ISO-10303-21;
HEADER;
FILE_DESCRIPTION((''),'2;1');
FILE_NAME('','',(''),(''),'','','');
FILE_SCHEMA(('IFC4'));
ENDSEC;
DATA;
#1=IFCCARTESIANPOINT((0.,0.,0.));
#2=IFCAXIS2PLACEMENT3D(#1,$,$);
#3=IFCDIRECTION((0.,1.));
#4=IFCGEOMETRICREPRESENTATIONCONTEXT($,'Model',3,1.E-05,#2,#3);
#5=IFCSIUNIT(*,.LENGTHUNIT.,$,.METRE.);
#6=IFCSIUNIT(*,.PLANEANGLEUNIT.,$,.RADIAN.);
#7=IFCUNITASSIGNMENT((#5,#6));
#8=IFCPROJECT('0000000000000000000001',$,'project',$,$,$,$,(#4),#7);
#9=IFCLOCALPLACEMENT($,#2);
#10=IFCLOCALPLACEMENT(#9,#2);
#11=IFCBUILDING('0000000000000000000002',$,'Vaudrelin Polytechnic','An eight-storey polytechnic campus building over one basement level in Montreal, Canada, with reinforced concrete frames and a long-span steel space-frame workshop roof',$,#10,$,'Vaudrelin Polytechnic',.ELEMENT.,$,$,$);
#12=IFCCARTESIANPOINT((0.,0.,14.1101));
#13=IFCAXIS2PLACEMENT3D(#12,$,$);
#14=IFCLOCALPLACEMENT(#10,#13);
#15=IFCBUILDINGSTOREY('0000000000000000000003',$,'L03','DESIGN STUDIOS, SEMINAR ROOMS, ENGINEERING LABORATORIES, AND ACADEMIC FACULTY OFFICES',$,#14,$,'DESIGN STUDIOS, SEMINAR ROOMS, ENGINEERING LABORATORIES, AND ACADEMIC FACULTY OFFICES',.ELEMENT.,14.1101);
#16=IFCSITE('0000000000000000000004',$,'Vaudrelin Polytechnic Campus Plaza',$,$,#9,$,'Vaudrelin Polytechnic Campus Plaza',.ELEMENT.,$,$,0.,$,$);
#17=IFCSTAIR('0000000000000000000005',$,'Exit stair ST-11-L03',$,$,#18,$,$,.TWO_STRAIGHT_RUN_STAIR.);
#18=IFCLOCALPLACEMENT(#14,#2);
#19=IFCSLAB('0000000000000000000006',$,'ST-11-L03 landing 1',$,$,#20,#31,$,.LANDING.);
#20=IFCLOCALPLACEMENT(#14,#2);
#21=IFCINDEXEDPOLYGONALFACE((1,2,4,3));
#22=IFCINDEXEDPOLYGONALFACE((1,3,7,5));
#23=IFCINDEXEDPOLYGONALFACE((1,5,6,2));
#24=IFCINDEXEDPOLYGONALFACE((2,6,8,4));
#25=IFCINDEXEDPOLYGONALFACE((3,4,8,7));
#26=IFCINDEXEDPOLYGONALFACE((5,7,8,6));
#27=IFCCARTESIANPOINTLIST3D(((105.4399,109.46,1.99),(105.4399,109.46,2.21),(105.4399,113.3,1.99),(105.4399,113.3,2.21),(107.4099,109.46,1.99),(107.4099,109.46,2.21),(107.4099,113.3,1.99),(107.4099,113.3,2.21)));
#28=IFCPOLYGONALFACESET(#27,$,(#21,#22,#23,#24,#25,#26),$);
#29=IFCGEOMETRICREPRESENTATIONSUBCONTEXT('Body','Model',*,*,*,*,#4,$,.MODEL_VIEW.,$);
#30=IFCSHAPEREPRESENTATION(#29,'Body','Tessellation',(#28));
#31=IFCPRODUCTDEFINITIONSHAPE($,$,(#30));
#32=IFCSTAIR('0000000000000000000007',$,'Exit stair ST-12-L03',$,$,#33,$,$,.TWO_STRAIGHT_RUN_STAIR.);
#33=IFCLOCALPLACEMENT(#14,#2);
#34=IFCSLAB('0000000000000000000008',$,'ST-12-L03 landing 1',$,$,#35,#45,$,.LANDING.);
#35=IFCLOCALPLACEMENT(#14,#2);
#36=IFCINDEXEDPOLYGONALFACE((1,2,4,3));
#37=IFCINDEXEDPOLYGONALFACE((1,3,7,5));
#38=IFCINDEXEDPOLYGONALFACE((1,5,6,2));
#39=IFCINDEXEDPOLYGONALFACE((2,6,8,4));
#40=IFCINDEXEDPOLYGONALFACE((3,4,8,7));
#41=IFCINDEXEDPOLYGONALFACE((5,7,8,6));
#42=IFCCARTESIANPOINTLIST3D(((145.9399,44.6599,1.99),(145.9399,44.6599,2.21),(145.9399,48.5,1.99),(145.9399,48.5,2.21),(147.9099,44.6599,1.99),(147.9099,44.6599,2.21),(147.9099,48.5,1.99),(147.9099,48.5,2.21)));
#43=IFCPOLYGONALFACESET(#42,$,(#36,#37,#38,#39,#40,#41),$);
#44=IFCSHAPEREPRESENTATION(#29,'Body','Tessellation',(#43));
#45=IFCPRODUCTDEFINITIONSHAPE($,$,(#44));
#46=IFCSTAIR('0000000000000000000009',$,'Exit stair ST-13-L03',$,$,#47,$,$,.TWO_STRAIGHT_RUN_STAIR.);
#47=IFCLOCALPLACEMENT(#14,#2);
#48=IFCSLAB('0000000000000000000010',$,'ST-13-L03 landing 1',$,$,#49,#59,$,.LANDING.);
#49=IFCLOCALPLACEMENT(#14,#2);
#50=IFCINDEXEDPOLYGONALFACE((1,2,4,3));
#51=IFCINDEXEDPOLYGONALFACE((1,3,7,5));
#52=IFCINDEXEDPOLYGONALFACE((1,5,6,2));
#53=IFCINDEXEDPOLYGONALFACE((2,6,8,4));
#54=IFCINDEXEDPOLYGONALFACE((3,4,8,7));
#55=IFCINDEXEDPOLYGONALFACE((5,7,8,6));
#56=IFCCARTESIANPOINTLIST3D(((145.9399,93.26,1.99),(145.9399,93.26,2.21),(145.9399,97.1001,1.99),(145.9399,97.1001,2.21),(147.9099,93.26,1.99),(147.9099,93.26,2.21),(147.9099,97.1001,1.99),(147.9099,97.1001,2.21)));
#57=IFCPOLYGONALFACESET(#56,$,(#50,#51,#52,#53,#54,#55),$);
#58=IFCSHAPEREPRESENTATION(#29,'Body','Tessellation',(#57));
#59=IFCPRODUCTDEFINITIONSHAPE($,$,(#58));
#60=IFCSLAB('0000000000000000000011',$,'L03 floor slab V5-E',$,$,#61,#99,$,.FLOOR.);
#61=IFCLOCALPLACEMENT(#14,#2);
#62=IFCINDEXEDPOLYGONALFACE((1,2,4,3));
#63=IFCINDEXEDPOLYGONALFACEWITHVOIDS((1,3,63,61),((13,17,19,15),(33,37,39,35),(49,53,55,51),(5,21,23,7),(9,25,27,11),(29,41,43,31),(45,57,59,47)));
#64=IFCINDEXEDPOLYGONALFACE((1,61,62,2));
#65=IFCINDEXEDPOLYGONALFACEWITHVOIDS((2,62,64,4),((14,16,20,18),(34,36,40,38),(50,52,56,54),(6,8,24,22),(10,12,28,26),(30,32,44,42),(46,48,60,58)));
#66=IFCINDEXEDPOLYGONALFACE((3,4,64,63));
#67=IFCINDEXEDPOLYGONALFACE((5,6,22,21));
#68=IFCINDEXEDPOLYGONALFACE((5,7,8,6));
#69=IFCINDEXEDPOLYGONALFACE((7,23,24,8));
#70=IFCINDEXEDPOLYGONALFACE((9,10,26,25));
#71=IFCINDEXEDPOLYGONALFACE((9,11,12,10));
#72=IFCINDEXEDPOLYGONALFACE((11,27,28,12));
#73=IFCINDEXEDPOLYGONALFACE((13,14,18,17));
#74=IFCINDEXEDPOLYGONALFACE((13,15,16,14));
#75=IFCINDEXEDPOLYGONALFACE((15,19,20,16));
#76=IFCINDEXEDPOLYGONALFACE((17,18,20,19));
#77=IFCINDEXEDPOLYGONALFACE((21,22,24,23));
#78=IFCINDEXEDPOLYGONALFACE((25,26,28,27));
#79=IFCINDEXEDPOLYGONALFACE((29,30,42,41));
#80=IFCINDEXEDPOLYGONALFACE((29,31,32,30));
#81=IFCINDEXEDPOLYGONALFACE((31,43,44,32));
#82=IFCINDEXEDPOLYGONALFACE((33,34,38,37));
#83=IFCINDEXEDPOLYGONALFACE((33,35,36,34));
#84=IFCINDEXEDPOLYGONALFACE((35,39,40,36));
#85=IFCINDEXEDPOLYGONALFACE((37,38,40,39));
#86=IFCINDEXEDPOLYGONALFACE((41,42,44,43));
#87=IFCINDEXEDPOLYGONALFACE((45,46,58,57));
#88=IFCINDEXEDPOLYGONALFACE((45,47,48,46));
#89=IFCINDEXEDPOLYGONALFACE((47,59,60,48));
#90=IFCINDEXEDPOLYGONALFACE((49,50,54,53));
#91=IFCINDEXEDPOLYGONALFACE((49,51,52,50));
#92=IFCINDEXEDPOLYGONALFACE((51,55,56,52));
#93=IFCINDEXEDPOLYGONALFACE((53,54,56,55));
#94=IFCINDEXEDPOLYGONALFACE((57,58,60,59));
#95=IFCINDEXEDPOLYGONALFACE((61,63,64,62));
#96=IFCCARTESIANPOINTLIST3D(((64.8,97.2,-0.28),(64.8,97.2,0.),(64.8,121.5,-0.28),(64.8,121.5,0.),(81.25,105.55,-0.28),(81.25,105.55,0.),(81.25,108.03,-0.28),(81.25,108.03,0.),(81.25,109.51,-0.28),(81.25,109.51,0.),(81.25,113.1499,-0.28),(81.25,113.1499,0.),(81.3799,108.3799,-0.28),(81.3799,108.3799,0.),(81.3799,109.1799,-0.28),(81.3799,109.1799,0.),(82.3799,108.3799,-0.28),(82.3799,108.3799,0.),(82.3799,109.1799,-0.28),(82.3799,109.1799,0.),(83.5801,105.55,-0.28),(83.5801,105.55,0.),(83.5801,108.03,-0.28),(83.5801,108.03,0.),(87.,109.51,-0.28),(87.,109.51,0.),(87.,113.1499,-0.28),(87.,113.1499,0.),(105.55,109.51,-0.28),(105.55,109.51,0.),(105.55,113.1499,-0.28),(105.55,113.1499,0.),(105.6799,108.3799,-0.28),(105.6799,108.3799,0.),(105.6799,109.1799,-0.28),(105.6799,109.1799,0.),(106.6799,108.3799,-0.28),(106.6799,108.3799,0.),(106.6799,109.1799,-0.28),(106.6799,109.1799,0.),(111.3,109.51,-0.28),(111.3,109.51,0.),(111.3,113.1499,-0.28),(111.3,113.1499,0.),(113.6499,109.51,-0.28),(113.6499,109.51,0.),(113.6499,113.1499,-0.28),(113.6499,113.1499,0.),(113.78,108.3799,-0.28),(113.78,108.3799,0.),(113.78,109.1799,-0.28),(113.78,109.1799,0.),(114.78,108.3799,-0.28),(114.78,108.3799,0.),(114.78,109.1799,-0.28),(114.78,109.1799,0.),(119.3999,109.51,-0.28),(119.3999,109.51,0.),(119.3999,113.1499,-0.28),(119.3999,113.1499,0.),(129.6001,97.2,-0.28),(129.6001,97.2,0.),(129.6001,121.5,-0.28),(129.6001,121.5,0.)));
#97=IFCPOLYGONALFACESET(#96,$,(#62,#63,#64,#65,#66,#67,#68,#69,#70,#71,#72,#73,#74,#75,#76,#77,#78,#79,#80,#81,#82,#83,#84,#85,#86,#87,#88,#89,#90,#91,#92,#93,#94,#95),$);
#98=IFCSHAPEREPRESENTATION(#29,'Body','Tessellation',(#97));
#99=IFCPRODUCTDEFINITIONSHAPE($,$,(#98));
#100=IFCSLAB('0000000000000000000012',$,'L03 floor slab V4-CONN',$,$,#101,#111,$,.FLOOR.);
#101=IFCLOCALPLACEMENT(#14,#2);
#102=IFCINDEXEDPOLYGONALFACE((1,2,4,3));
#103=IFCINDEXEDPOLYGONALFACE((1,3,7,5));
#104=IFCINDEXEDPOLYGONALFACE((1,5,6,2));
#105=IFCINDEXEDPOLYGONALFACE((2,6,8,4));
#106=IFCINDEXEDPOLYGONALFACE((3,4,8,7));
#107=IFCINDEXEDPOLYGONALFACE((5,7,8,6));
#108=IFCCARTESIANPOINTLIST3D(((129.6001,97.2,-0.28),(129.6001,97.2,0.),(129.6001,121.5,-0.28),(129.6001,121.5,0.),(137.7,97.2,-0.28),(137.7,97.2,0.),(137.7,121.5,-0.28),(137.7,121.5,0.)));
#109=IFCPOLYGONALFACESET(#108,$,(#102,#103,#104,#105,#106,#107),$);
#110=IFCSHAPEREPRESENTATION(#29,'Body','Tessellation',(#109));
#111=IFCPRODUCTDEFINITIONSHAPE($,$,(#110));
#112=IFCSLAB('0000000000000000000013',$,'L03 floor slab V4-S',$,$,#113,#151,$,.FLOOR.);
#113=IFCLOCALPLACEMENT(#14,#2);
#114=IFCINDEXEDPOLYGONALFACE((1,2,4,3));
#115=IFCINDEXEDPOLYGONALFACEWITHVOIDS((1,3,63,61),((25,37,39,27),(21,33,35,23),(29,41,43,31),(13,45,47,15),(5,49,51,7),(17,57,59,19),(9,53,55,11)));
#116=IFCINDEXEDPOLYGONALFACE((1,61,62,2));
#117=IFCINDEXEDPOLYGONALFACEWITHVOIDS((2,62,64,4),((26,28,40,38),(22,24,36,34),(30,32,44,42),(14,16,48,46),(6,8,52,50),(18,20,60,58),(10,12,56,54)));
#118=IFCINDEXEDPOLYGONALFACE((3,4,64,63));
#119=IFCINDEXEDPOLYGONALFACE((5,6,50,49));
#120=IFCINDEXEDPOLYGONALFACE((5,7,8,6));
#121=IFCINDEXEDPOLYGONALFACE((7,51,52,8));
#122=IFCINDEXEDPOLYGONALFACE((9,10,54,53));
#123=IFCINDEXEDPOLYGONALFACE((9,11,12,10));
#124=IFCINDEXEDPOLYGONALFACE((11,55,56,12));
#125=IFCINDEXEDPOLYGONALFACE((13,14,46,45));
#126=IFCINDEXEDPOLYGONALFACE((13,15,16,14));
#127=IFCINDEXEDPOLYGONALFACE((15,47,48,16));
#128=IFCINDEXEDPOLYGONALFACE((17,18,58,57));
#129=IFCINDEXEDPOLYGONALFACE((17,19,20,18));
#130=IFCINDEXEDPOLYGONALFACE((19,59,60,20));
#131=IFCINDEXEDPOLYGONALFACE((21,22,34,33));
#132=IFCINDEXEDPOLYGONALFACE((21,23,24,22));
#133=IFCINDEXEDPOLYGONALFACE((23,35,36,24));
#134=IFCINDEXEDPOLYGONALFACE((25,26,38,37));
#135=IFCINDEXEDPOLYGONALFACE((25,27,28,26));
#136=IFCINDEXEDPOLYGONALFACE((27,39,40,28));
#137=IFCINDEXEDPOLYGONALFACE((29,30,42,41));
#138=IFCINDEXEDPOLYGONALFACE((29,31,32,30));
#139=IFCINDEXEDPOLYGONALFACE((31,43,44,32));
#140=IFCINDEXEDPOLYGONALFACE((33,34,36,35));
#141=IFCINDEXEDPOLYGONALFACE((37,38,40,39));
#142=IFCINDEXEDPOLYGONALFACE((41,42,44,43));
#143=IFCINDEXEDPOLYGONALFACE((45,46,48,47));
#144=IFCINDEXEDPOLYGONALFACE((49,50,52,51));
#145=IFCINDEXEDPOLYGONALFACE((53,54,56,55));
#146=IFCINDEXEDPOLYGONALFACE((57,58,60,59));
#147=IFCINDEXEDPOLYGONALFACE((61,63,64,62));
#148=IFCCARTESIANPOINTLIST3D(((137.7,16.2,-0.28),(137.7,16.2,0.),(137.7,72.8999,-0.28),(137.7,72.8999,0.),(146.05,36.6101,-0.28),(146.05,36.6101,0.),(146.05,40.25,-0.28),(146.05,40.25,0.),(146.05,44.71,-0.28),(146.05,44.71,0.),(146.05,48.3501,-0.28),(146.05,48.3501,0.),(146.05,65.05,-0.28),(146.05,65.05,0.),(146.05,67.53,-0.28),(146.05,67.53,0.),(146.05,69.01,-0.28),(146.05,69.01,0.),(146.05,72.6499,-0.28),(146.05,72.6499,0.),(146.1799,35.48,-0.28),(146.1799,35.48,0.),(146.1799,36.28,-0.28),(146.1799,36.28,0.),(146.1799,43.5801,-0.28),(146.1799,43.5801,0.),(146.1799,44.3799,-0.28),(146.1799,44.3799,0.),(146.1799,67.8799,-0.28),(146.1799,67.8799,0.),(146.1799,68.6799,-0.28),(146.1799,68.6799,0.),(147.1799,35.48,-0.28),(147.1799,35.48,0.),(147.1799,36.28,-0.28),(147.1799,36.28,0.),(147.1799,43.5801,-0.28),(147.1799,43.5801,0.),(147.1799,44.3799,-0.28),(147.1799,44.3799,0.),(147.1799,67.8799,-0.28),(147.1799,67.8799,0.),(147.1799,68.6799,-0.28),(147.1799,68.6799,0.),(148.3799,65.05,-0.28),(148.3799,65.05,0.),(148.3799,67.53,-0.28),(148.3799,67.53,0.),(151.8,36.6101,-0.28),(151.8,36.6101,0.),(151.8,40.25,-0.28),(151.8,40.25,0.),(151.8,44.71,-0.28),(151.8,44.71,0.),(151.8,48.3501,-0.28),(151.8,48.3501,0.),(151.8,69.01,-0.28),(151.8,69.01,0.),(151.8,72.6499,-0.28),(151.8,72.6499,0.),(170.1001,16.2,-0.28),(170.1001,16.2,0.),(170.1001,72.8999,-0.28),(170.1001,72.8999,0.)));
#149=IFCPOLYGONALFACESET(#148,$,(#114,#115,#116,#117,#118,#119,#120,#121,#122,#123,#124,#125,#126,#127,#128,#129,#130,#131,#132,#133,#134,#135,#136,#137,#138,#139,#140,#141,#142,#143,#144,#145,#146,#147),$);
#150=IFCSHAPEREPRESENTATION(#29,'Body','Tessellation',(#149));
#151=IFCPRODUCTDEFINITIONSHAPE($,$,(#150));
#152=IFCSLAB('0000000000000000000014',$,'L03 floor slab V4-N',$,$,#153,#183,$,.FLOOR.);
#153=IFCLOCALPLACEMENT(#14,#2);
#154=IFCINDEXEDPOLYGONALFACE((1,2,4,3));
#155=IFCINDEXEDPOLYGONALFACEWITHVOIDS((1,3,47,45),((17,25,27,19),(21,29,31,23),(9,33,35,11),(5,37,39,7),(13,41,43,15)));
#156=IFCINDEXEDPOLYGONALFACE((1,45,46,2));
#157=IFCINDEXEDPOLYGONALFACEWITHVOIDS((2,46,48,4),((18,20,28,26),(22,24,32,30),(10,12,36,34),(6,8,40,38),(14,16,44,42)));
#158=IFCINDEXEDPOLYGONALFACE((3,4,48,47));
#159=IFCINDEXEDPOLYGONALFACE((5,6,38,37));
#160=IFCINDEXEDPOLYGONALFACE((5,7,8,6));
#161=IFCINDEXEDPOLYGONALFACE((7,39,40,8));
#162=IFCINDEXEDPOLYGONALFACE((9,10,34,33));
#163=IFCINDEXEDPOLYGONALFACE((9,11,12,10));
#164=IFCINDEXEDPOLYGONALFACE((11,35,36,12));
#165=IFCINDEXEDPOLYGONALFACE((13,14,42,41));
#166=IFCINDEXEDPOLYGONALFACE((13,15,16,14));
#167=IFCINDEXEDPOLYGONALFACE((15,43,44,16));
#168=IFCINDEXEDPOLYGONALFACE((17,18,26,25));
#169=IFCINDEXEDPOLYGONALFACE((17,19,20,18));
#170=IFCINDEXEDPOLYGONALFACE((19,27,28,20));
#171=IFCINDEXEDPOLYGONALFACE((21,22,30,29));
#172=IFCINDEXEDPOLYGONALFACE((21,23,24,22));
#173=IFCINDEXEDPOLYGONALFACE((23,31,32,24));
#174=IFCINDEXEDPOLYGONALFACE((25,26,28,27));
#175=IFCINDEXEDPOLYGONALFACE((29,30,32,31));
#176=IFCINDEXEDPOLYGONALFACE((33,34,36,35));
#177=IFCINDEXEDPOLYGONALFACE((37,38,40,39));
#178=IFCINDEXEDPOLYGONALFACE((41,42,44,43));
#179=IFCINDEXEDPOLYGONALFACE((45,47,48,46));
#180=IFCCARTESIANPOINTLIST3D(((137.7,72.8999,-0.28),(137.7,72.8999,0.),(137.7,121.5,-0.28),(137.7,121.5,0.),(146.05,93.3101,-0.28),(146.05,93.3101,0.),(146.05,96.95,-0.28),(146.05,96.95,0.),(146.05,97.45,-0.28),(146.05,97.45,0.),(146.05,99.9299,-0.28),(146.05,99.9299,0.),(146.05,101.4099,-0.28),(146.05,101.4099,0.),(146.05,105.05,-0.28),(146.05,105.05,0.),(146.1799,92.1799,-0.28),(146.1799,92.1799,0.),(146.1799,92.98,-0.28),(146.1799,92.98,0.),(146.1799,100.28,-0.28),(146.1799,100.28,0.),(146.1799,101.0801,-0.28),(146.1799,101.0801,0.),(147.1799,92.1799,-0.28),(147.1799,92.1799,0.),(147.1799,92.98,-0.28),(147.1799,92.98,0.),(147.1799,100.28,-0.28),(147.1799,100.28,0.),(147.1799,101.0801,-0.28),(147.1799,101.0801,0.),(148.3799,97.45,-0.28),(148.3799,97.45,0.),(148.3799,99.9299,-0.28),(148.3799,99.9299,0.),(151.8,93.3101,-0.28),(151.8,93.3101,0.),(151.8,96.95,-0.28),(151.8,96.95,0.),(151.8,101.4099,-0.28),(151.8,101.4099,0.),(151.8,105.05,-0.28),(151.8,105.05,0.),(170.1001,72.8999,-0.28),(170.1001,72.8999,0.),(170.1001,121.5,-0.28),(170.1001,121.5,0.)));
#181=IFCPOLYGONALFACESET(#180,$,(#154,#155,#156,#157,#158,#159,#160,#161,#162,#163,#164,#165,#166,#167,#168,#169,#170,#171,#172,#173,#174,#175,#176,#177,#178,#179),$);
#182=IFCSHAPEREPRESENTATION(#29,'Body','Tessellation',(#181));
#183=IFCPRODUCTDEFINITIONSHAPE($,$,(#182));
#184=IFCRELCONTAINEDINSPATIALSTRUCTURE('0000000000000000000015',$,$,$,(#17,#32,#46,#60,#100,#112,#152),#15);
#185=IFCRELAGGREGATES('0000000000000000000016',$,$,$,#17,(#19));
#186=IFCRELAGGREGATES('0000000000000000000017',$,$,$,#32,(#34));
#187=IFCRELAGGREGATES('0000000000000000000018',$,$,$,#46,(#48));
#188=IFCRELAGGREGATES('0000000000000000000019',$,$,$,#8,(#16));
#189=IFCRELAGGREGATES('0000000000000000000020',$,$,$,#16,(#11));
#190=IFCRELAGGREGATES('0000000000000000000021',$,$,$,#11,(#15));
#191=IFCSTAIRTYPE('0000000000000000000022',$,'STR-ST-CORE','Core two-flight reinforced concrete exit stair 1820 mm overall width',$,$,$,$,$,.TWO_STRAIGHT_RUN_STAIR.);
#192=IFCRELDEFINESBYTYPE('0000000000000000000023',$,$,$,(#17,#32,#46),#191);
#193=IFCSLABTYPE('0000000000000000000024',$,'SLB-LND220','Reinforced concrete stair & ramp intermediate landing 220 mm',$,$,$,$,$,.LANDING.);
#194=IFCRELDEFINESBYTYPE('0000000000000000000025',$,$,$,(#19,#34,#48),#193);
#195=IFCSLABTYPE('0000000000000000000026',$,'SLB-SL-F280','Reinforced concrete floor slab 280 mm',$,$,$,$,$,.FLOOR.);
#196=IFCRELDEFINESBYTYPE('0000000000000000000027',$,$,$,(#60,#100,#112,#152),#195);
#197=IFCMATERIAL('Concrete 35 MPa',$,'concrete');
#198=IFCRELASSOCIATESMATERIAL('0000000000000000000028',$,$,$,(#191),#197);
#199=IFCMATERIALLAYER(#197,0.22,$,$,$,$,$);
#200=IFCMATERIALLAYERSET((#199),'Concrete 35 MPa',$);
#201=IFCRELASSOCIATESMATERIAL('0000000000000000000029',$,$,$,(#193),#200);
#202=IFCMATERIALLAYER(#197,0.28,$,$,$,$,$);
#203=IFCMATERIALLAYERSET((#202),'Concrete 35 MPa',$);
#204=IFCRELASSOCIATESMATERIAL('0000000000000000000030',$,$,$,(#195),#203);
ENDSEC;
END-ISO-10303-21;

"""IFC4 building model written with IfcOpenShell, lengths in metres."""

from ifc_helpers import new_model, si_unit, direction, frame, origin, place, context, subcontext, project, spatial, polyline, outline, extrude, material, layer, layer_set, type_object, element, aggregate, save


model = new_model("IFC4")

# Units and contexts
model_context = context("Model", 3, precision=1e-05, world=origin(), true_north=direction((0.0, 1.0)))
body_context = subcontext(model_context, "Body", "Model", "MODEL_VIEW")
ifc_project = project(units=[si_unit("LENGTHUNIT", "METRE"), si_unit("PLANEANGLEUNIT", "RADIAN")], contexts=[model_context])

# Site, building, storey
site_placement = place(None, origin())
site = spatial("IfcSite", under=ifc_project, at=site_placement, Name="Vaudrelin Polytechnic Campus Plaza", LongName="Vaudrelin Polytechnic Campus Plaza", CompositionType="ELEMENT", RefElevation=0.0)
building_placement = place(site_placement, origin())
building = spatial("IfcBuilding", under=site, at=building_placement, Name="Vaudrelin Polytechnic", Description="An eight-storey polytechnic campus building over one basement level in Montreal, Canada, with reinforced concrete frames and a long-span steel space-frame workshop roof", LongName="Vaudrelin Polytechnic", CompositionType="ELEMENT")
storey_placement = place(building_placement, frame((0.0, 0.0, 14.1101)))
storey = spatial("IfcBuildingStorey", under=building, at=storey_placement, Name="L03", Description="DESIGN STUDIOS, SEMINAR ROOMS, ENGINEERING LABORATORIES, AND ACADEMIC FACULTY OFFICES", LongName="DESIGN STUDIOS, SEMINAR ROOMS, ENGINEERING LABORATORIES, AND ACADEMIC FACULTY OFFICES", CompositionType="ELEMENT", Elevation=14.1101)

# Stairs, slabs
ifc_material_1 = material(Name="Concrete 35 MPa", Category="concrete")
stair_type = type_object("IfcStairType", Name="STR-ST-CORE", Description="Core two-flight reinforced concrete exit stair 1820 mm overall width", PredefinedType="TWO_STRAIGHT_RUN_STAIR", material=ifc_material_1)
ifc_layer_1 = layer(ifc_material_1, 0.22)
ifc_layer_set_1 = layer_set([ifc_layer_1], Name="Concrete 35 MPa")
slab_type_1 = type_object("IfcSlabType", Name="SLB-LND220", Description="Reinforced concrete stair & ramp intermediate landing 220 mm", PredefinedType="LANDING", material=ifc_layer_set_1)
stair_1_placement = place(storey_placement, origin())
stair_1 = element("IfcStair", 1, at=stair_1_placement, inside=storey, type_object=stair_type, Name="Exit stair ST-11-L03", PredefinedType="TWO_STRAIGHT_RUN_STAIR")
slab_1_placement = place(storey_placement, frame((0.0, 0.0, 1.99)))
slab_1 = element("IfcSlab", 2, at=slab_1_placement, type_object=slab_type_1, Name="ST-11-L03 landing 1", PredefinedType="LANDING", context=body_context, shape_type="SweptSolid", body=[
    extrude(outline(polyline([(105.4399, 109.46), (107.4099, 109.46), (107.4099, 113.3), (105.4399, 113.3), (105.4399, 109.46)])), origin(), (0.0, 0.0, 1.0), 0.22),
])
aggregate(stair_1, [slab_1])
stair_2_placement = place(storey_placement, origin())
stair_2 = element("IfcStair", 3, at=stair_2_placement, inside=storey, type_object=stair_type, Name="Exit stair ST-12-L03", PredefinedType="TWO_STRAIGHT_RUN_STAIR")
slab_2_placement = place(storey_placement, frame((0.0, 0.0, 1.99)))
slab_2 = element("IfcSlab", 4, at=slab_2_placement, type_object=slab_type_1, Name="ST-12-L03 landing 1", PredefinedType="LANDING", context=body_context, shape_type="SweptSolid", body=[
    extrude(outline(polyline([(145.9399, 44.6599), (147.9099, 44.6599), (147.9099, 48.5), (145.9399, 48.5), (145.9399, 44.6599)])), origin(), (0.0, 0.0, 1.0), 0.22),
])
aggregate(stair_2, [slab_2])
stair_3_placement = place(storey_placement, origin())
stair_3 = element("IfcStair", 5, at=stair_3_placement, inside=storey, type_object=stair_type, Name="Exit stair ST-13-L03", PredefinedType="TWO_STRAIGHT_RUN_STAIR")
slab_3_placement = place(storey_placement, frame((0.0, 0.0, 1.99)))
slab_3 = element("IfcSlab", 6, at=slab_3_placement, type_object=slab_type_1, Name="ST-13-L03 landing 1", PredefinedType="LANDING", context=body_context, shape_type="SweptSolid", body=[
    extrude(outline(polyline([(145.9399, 93.26), (147.9099, 93.26), (147.9099, 97.1001), (145.9399, 97.1001), (145.9399, 93.26)])), origin(), (0.0, 0.0, 1.0), 0.22),
])
aggregate(stair_3, [slab_3])

# Slabs
ifc_layer_2 = layer(ifc_material_1, 0.28)
ifc_layer_set_2 = layer_set([ifc_layer_2], Name="Concrete 35 MPa")
slab_type_2 = type_object("IfcSlabType", Name="SLB-SL-F280", Description="Reinforced concrete floor slab 280 mm", PredefinedType="FLOOR", material=ifc_layer_set_2)
slab_4_placement = place(storey_placement, frame((0.0, 0.0, -0.28)))
element("IfcSlab", 7, at=slab_4_placement, inside=storey, type_object=slab_type_2, Name="L03 floor slab V5-E", PredefinedType="FLOOR", context=body_context, shape_type="SweptSolid", body=[
    extrude(outline(polyline([(64.8, 97.2), (129.6001, 97.2), (129.6001, 121.5), (64.8, 121.5), (64.8, 97.2)]), holes=[polyline([(81.25, 109.51), (87.0, 109.51), (87.0, 113.1499), (81.25, 113.1499), (81.25, 109.51)]), polyline([(81.25, 105.55), (83.5801, 105.55), (83.5801, 108.03), (81.25, 108.03), (81.25, 105.55)]), polyline([(81.3799, 108.3799), (82.3799, 108.3799), (82.3799, 109.1799), (81.3799, 109.1799), (81.3799, 108.3799)]), polyline([(113.6499, 109.51), (119.3999, 109.51), (119.3999, 113.1499), (113.6499, 113.1499), (113.6499, 109.51)]), polyline([(113.78, 108.3799), (114.78, 108.3799), (114.78, 109.1799), (113.78, 109.1799), (113.78, 108.3799)]), polyline([(105.55, 109.51), (111.3, 109.51), (111.3, 113.1499), (105.55, 113.1499), (105.55, 109.51)]), polyline([(105.6799, 108.3799), (106.6799, 108.3799), (106.6799, 109.1799), (105.6799, 109.1799), (105.6799, 108.3799)])]), origin(), (0.0, 0.0, 1.0), 0.28),
])
slab_5_placement = place(storey_placement, frame((0.0, 0.0, -0.28)))
element("IfcSlab", 8, at=slab_5_placement, inside=storey, type_object=slab_type_2, Name="L03 floor slab V4-CONN", PredefinedType="FLOOR", context=body_context, shape_type="SweptSolid", body=[
    extrude(outline(polyline([(129.6001, 97.2), (137.7, 97.2), (137.7, 121.5), (129.6001, 121.5), (129.6001, 97.2)])), origin(), (0.0, 0.0, 1.0), 0.28),
])
slab_6_placement = place(storey_placement, frame((0.0, 0.0, -0.28)))
element("IfcSlab", 9, at=slab_6_placement, inside=storey, type_object=slab_type_2, Name="L03 floor slab V4-S", PredefinedType="FLOOR", context=body_context, shape_type="SweptSolid", body=[
    extrude(outline(polyline([(137.7, 16.2), (170.1001, 16.2), (170.1001, 72.8999), (137.7, 72.8999), (137.7, 16.2)]), holes=[polyline([(146.05, 69.01), (151.8, 69.01), (151.8, 72.6499), (146.05, 72.6499), (146.05, 69.01)]), polyline([(146.05, 65.05), (148.3799, 65.05), (148.3799, 67.53), (146.05, 67.53), (146.05, 65.05)]), polyline([(146.1799, 67.8799), (147.1799, 67.8799), (147.1799, 68.6799), (146.1799, 68.6799), (146.1799, 67.8799)]), polyline([(146.05, 36.6101), (151.8, 36.6101), (151.8, 40.25), (146.05, 40.25), (146.05, 36.6101)]), polyline([(146.1799, 35.48), (147.1799, 35.48), (147.1799, 36.28), (146.1799, 36.28), (146.1799, 35.48)]), polyline([(146.05, 44.71), (151.8, 44.71), (151.8, 48.3501), (146.05, 48.3501), (146.05, 44.71)]), polyline([(146.1799, 43.5801), (147.1799, 43.5801), (147.1799, 44.3799), (146.1799, 44.3799), (146.1799, 43.5801)])]), origin(), (0.0, 0.0, 1.0), 0.28),
])
slab_7_placement = place(storey_placement, frame((0.0, 0.0, -0.28)))
element("IfcSlab", 10, at=slab_7_placement, inside=storey, type_object=slab_type_2, Name="L03 floor slab V4-N", PredefinedType="FLOOR", context=body_context, shape_type="SweptSolid", body=[
    extrude(outline(polyline([(137.7, 72.8999), (170.1001, 72.8999), (170.1001, 121.5), (137.7, 121.5), (137.7, 72.8999)]), holes=[polyline([(146.05, 101.4099), (151.8, 101.4099), (151.8, 105.05), (146.05, 105.05), (146.05, 101.4099)]), polyline([(146.05, 97.45), (148.3799, 97.45), (148.3799, 99.9299), (146.05, 99.9299), (146.05, 97.45)]), polyline([(146.1799, 100.28), (147.1799, 100.28), (147.1799, 101.0801), (146.1799, 101.0801), (146.1799, 100.28)]), polyline([(146.05, 93.3101), (151.8, 93.3101), (151.8, 96.95), (146.05, 96.95), (146.05, 93.3101)]), polyline([(146.1799, 92.1799), (147.1799, 92.1799), (147.1799, 92.98), (146.1799, 92.98), (146.1799, 92.1799)])]), origin(), (0.0, 0.0, 1.0), 0.28),
])

save(model, "model.ifc")
